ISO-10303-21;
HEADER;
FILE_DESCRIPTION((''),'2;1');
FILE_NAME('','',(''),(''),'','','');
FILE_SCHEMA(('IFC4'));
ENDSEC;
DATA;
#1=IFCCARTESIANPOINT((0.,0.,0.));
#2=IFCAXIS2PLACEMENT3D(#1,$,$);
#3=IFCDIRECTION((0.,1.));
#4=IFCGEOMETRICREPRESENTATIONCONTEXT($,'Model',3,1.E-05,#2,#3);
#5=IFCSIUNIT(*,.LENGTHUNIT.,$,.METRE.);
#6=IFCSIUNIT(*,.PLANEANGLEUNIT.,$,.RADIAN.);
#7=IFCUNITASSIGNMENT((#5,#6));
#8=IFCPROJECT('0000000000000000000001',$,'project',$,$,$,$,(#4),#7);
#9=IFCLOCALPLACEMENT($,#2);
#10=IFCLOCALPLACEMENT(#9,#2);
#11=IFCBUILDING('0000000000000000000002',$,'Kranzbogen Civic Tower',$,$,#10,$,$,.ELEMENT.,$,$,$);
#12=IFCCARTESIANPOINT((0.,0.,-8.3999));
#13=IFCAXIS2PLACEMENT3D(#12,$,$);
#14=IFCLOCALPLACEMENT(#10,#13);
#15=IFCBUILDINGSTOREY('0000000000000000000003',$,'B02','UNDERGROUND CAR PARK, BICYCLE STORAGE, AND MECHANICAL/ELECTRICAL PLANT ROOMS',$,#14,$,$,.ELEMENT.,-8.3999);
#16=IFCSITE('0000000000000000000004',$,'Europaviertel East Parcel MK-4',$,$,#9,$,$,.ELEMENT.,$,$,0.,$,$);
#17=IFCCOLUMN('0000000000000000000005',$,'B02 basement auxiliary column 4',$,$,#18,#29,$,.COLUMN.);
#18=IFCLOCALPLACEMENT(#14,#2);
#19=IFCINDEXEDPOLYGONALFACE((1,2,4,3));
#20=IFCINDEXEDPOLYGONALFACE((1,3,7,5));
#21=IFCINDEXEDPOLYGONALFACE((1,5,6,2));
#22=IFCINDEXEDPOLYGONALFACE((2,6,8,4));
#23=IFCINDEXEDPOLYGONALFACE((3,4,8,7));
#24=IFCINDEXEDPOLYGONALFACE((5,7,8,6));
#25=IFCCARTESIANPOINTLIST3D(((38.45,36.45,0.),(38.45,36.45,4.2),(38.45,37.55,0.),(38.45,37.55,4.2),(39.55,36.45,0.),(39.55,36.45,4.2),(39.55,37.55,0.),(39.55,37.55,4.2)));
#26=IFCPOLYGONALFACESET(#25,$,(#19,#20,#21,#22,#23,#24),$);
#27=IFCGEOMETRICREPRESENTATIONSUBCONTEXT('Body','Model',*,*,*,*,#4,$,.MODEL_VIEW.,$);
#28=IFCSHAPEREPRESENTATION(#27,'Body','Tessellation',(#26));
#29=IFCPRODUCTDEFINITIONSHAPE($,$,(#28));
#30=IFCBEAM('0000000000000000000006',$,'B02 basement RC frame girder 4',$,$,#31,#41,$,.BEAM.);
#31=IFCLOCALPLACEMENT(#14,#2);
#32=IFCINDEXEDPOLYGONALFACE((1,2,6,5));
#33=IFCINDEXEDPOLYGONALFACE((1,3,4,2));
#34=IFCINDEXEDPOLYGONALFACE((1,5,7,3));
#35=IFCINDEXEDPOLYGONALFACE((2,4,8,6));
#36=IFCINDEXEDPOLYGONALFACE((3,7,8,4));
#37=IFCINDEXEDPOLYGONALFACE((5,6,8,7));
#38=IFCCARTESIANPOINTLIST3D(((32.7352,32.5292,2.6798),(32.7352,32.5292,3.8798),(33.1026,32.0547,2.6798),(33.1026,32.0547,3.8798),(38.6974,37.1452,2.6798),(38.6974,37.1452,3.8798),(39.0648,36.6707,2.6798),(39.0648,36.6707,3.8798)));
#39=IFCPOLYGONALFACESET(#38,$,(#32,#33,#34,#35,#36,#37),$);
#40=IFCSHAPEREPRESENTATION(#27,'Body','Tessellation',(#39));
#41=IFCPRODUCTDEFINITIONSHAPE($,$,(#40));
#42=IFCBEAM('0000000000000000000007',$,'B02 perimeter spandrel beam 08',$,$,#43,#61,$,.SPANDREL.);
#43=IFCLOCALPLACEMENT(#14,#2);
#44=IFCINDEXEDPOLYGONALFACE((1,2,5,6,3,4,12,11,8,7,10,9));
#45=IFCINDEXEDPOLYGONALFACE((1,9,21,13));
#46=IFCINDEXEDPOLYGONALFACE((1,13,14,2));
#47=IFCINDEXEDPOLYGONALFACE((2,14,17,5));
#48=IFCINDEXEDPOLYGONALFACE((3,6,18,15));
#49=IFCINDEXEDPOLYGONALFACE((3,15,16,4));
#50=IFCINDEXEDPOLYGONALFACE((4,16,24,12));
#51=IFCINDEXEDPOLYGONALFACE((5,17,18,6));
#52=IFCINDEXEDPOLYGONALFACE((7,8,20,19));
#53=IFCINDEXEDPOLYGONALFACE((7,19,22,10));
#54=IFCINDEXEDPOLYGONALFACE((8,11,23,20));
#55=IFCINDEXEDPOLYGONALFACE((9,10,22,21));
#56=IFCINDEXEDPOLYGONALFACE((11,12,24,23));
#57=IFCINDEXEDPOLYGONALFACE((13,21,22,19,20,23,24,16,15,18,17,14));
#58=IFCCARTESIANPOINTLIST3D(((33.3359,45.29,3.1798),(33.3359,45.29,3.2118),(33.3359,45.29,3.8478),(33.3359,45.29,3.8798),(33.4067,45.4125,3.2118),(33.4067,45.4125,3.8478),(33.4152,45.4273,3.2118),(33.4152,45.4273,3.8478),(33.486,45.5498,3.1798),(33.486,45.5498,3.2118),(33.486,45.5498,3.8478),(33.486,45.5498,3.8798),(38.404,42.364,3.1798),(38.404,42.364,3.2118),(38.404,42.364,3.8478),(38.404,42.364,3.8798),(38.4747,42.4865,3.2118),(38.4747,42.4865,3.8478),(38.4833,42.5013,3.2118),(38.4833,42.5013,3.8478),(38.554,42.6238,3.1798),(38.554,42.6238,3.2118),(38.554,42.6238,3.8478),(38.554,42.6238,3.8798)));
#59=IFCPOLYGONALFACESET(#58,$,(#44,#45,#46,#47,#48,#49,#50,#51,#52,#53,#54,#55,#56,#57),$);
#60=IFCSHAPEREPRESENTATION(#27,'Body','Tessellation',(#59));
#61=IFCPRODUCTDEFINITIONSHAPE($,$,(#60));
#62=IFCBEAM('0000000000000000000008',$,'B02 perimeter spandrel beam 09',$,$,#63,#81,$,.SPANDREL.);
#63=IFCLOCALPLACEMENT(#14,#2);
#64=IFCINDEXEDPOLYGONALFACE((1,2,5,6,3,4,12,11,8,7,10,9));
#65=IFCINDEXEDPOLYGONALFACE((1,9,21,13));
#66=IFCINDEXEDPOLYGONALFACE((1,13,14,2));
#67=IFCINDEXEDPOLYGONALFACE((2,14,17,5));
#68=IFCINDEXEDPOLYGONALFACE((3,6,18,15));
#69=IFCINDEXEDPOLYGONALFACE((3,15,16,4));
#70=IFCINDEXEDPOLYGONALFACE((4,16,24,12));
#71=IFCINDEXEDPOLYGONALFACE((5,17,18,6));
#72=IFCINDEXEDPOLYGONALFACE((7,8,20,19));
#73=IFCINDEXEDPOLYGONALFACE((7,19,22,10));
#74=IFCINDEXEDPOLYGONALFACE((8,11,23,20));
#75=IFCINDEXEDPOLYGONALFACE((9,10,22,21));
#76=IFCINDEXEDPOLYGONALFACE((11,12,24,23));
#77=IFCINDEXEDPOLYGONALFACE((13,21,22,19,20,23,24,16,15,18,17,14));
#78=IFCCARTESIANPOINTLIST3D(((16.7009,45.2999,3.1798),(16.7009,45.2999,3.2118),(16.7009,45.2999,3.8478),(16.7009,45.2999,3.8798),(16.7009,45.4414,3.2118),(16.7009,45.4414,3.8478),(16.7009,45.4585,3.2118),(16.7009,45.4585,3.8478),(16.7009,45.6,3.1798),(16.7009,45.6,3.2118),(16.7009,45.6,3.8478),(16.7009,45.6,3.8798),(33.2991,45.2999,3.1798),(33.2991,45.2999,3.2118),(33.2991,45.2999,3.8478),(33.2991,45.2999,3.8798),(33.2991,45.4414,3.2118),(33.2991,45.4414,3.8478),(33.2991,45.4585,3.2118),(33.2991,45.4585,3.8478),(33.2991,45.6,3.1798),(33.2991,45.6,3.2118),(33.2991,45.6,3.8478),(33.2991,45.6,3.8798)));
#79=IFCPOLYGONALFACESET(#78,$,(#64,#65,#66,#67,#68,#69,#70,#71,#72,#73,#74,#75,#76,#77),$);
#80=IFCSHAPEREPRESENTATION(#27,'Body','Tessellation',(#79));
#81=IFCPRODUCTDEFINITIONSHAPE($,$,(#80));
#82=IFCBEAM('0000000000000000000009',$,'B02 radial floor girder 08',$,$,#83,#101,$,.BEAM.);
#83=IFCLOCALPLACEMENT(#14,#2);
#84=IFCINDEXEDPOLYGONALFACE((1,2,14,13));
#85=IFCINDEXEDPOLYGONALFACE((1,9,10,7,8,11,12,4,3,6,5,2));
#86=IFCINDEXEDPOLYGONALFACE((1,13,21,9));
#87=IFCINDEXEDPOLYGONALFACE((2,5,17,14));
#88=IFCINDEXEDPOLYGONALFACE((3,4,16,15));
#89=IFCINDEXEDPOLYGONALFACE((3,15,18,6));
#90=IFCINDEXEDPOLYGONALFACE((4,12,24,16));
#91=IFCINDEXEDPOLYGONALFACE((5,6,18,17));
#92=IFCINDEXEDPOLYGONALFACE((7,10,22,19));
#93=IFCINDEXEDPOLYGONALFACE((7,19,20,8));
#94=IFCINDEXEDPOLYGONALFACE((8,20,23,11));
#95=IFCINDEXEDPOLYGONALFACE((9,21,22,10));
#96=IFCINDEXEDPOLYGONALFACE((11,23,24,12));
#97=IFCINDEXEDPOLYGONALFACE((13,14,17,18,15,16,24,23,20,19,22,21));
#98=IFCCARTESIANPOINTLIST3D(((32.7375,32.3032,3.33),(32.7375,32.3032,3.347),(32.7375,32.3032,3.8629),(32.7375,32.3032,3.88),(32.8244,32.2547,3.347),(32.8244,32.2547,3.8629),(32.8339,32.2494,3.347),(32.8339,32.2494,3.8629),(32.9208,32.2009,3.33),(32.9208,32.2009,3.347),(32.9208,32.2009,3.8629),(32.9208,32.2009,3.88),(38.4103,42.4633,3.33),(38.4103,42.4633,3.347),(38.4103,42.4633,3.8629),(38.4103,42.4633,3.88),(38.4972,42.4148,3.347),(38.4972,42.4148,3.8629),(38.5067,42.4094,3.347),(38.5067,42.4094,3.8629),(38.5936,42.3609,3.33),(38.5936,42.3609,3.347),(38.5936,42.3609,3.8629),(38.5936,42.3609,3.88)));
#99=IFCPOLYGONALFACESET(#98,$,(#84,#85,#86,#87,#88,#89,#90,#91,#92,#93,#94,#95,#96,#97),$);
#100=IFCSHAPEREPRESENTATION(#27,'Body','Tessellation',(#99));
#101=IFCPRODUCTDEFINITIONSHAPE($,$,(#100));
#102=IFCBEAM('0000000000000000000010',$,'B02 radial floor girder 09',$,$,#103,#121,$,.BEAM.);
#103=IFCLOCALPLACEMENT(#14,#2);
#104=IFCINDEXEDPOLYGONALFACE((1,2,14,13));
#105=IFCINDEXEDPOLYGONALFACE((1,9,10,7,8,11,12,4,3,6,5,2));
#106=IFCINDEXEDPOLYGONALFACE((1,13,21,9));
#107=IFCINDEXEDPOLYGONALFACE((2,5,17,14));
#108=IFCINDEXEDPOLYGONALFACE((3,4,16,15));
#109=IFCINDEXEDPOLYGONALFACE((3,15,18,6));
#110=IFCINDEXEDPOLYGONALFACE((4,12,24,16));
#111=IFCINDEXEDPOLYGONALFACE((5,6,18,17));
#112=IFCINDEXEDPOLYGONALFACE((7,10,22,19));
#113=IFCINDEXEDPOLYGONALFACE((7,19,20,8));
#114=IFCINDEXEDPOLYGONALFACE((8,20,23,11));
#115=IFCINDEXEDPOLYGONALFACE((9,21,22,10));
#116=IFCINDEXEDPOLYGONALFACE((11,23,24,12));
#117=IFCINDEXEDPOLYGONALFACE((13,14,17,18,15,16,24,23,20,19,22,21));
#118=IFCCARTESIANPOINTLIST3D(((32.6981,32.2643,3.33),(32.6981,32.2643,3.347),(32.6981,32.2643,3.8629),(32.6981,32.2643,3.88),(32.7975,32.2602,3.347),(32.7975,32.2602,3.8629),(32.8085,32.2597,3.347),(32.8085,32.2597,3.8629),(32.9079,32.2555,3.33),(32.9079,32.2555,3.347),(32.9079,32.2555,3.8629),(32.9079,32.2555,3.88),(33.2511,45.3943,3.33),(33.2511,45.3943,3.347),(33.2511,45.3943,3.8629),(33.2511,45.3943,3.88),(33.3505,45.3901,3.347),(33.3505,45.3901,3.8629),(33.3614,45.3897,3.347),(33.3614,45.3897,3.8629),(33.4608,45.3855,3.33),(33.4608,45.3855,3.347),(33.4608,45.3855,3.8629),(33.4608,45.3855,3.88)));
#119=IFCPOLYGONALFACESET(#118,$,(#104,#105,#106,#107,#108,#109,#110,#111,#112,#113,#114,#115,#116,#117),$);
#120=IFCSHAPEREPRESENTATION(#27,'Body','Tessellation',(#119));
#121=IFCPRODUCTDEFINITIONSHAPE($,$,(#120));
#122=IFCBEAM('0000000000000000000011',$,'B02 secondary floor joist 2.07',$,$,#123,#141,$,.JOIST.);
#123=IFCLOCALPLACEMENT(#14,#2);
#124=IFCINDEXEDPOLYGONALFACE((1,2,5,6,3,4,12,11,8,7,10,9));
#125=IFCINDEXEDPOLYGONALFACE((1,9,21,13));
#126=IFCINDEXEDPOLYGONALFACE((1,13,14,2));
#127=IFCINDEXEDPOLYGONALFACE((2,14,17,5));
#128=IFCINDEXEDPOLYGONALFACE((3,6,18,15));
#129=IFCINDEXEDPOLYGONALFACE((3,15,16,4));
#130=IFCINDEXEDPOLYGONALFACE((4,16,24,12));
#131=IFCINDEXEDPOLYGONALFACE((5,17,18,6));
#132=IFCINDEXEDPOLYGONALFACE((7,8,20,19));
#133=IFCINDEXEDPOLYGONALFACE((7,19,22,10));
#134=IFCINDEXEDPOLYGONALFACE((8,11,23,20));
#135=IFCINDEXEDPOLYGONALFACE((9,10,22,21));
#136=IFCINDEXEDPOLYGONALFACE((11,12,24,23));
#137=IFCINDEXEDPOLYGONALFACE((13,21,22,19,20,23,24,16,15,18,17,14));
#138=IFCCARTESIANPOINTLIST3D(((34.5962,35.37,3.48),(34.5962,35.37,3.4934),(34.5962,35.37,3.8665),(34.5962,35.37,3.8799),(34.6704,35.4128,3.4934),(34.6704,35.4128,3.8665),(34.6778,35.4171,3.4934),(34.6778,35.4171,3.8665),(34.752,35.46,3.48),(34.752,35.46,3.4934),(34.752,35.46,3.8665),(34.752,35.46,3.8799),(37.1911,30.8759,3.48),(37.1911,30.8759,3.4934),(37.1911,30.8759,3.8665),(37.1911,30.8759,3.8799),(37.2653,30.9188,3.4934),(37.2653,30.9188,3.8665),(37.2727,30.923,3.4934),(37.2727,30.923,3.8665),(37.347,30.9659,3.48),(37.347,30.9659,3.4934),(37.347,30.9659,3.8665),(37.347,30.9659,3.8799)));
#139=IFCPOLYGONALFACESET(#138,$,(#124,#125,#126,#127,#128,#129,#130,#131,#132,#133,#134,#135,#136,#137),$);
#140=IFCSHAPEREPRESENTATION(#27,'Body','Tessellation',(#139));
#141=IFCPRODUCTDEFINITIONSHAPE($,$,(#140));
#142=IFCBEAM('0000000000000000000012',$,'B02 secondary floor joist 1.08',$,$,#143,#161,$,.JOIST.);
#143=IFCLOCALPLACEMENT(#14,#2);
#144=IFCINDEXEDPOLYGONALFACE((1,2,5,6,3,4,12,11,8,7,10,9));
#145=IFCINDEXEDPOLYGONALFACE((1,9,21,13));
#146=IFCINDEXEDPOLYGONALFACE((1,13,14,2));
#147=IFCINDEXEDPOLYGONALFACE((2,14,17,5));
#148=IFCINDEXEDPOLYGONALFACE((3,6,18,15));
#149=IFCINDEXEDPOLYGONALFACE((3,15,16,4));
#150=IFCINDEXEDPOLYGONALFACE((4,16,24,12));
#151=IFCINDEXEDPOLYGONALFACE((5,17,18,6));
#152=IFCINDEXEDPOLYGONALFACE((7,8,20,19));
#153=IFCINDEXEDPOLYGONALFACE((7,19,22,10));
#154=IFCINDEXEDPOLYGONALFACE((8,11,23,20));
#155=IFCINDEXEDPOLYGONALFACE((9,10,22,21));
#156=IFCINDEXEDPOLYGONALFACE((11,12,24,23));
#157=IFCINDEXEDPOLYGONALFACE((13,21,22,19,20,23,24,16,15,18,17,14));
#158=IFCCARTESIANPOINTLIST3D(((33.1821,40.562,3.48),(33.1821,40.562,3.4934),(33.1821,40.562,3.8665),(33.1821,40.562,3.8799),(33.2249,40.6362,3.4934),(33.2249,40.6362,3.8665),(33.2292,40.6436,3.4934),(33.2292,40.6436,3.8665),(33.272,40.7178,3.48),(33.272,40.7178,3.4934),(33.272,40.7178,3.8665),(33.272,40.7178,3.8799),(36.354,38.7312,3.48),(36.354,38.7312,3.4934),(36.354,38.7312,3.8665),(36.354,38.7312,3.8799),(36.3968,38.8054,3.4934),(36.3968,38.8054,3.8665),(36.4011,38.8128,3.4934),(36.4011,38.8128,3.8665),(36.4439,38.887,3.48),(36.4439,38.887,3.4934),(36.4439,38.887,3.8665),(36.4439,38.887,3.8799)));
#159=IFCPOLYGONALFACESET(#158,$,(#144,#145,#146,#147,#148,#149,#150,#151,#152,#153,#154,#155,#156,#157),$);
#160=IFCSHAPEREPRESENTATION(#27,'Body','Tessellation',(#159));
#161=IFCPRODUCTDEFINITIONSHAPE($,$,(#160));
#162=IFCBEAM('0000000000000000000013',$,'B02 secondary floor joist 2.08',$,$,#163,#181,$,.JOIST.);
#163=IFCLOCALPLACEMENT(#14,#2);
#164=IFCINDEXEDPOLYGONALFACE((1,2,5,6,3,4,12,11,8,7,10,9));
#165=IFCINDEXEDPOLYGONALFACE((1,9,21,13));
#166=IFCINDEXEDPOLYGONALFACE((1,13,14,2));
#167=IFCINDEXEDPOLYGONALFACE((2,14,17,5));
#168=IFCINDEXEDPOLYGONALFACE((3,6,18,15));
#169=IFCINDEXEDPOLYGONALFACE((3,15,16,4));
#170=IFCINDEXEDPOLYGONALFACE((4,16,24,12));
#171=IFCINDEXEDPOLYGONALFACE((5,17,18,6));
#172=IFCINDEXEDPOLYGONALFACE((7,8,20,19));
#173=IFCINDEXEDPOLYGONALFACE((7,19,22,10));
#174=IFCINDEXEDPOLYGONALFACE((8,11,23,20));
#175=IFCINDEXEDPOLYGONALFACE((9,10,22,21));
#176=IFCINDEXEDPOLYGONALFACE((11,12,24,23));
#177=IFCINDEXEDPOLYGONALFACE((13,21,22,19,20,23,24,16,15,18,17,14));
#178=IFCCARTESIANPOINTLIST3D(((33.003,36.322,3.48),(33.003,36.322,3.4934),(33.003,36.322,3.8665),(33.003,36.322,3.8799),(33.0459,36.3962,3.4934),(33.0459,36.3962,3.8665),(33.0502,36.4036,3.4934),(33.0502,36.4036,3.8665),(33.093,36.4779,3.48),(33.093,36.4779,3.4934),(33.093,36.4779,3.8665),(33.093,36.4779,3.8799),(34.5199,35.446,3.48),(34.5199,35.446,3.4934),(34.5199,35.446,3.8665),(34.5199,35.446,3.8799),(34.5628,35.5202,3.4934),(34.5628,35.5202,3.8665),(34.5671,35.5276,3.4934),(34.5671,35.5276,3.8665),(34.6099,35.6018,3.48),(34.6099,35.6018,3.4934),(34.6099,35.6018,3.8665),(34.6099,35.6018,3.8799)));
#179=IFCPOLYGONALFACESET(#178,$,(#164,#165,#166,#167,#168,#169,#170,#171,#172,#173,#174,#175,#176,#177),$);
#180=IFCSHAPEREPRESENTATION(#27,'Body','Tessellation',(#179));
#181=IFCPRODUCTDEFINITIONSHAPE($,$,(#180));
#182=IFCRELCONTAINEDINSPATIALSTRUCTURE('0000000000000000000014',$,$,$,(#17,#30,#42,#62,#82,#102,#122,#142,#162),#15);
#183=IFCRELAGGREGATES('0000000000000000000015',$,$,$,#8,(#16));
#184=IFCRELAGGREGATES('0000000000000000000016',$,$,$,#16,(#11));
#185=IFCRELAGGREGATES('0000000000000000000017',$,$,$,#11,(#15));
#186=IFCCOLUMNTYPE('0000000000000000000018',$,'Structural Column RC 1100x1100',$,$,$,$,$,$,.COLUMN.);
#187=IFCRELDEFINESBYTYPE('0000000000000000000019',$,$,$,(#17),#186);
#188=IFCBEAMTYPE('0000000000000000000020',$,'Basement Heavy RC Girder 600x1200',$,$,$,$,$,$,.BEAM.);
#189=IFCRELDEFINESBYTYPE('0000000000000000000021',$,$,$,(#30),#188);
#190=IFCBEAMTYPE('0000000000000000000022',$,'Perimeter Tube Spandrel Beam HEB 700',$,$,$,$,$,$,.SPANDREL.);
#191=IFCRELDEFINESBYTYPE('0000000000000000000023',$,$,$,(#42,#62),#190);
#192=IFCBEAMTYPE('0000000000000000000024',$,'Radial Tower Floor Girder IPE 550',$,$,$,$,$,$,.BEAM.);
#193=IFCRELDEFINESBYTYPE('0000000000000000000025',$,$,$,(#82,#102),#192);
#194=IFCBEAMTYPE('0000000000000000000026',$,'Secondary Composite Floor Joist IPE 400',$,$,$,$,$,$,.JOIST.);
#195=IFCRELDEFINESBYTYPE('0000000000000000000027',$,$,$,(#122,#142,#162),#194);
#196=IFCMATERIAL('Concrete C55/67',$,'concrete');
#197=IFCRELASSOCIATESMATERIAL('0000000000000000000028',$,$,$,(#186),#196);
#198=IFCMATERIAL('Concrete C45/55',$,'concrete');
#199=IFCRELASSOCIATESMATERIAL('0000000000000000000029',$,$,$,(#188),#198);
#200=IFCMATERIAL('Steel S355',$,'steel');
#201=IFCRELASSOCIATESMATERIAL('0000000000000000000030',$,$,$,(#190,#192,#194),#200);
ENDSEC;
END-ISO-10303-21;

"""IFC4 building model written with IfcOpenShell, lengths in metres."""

from ifc_helpers import new_model, si_unit, direction, frame, origin, origin_2d, place, context, subcontext, project, spatial, rectangle, i_section, extrude, material, material_profile, profile_set, type_object, element, save


model = new_model("IFC4")

# Units and contexts
model_context = context("Model", 3, precision=1e-05, world=origin(), true_north=direction((0.0, 1.0)))
body_context = subcontext(model_context, "Body", "Model", "MODEL_VIEW")
ifc_project = project(units=[si_unit("LENGTHUNIT", "METRE"), si_unit("PLANEANGLEUNIT", "RADIAN")], contexts=[model_context])

# Site, building, storey
site_placement = place(None, origin())
site = spatial("IfcSite", under=ifc_project, at=site_placement, Name="Europaviertel East Parcel MK-4", CompositionType="ELEMENT", RefElevation=0.0)
building_placement = place(site_placement, origin())
building = spatial("IfcBuilding", under=site, at=building_placement, Name="Kranzbogen Civic Tower", CompositionType="ELEMENT")
storey_placement = place(building_placement, frame((0.0, 0.0, -8.3999)))
storey = spatial("IfcBuildingStorey", under=building, at=storey_placement, Name="B02", Description="UNDERGROUND CAR PARK, BICYCLE STORAGE, AND MECHANICAL/ELECTRICAL PLANT ROOMS", CompositionType="ELEMENT", Elevation=-8.3999)

# Shared definitions
ifc_material_1 = material(Name="Concrete C45/55", Category="concrete")

# Column
ifc_material_2 = material(Name="Concrete C55/67", Category="concrete")
ifc_material_profile_1 = material_profile(ifc_material_2, rectangle(XDim=1.1001, YDim=1.1001, at=origin_2d()), Name="RC 1100x1100")
ifc_profile_set_1 = profile_set([ifc_material_profile_1], Name="Concrete C55/67")
column_type_1 = type_object("IfcColumnType", Name="Structural Column RC 1100x1100", PredefinedType="COLUMN", material=ifc_profile_set_1)
column_1_placement = place(storey_placement, frame((39.0, 37.0, 0.0), z_axis=(0.0, 0.0, 1.0), x_axis=(1.0, 0.0, 0.0)))
element("IfcColumn", 1, at=column_1_placement, inside=storey, type_object=column_type_1, Name="B02 basement auxiliary column 4", PredefinedType="COLUMN", context=body_context, shape_type="SweptSolid", body=[
    extrude(rectangle(XDim=1.1001, YDim=1.1001, at=origin_2d()), origin(), (0.0, 0.0, 1.0), 4.2),
])

# Beams
ifc_material_profile_2 = material_profile(ifc_material_1, rectangle(XDim=0.6001, YDim=1.2, at=origin_2d()), Name="RC-BM 600x1200")
ifc_profile_set_2 = profile_set([ifc_material_profile_2], Name="Concrete C45/55")
beam_type_1 = type_object("IfcBeamType", Name="Basement Heavy RC Girder 600x1200", PredefinedType="BEAM", material=ifc_profile_set_2)
beam_1_placement = place(storey_placement, frame((38.8811, 36.908, 3.2798), z_axis=(-0.790717, -0.612182, 0.0), x_axis=(0.612182, -0.790717, 0.0)))
element("IfcBeam", 2, at=beam_1_placement, inside=storey, type_object=beam_type_1, Name="B02 basement RC frame girder 4", PredefinedType="BEAM", context=body_context, shape_type="SweptSolid", body=[
    extrude(rectangle(XDim=0.6001, YDim=1.2, at=origin_2d()), origin(), (0.0, 0.0, 1.0), 7.5403),
])
ifc_material_3 = material(Name="Steel S355", Category="steel")
ifc_material_profile_3 = material_profile(ifc_material_3, i_section(OverallWidth=0.3, OverallDepth=0.7, WebThickness=0.0171, FlangeThickness=0.032, at=origin_2d()), Name="HEB 700")
ifc_profile_set_3 = profile_set([ifc_material_profile_3], Name="Steel S355")
beam_type_2 = type_object("IfcBeamType", Name="Perimeter Tube Spandrel Beam HEB 700", PredefinedType="SPANDREL", material=ifc_profile_set_3)
beam_2_placement = place(storey_placement, frame((38.479, 42.4939, 3.5298), z_axis=(-0.866029, 0.499993, 0.0), x_axis=(-0.499993, -0.866029, 0.0)))
element("IfcBeam", 3, at=beam_2_placement, inside=storey, type_object=beam_type_2, Name="B02 perimeter spandrel beam 08", PredefinedType="SPANDREL", context=body_context, shape_type="SweptSolid", body=[
    extrude(i_section(OverallWidth=0.3, OverallDepth=0.7, WebThickness=0.0171, FlangeThickness=0.032, at=origin_2d()), origin(), (0.0, 0.0, 1.0), 5.8521),
])
beam_3_placement = place(storey_placement, frame((33.2991, 45.45, 3.5298), z_axis=(-1.0, 0.0, 0.0), x_axis=(0.0, -1.0, 0.0)))
element("IfcBeam", 4, at=beam_3_placement, inside=storey, type_object=beam_type_2, Name="B02 perimeter spandrel beam 09", PredefinedType="SPANDREL", context=body_context, shape_type="SweptSolid", body=[
    extrude(i_section(OverallWidth=0.3, OverallDepth=0.7, WebThickness=0.0171, FlangeThickness=0.032, at=origin_2d()), origin(), (0.0, 0.0, 1.0), 16.5981),
])
ifc_material_profile_4 = material_profile(ifc_material_3, i_section(OverallWidth=0.21, OverallDepth=0.55, WebThickness=0.011, FlangeThickness=0.0171, at=origin_2d()), Name="IPE 550")
ifc_profile_set_4 = profile_set([ifc_material_profile_4], Name="Steel S355")
beam_type_3 = type_object("IfcBeamType", Name="Radial Tower Floor Girder IPE 550", PredefinedType="BEAM", material=ifc_profile_set_4)
beam_4_placement = place(storey_placement, frame((38.502, 42.4121, 3.605), z_axis=(-0.487502, -0.873122, 0.0), x_axis=(0.873122, -0.487502, 0.0)))
element("IfcBeam", 5, at=beam_4_placement, inside=storey, type_object=beam_type_3, Name="B02 radial floor girder 08", PredefinedType="BEAM", context=body_context, shape_type="SweptSolid", body=[
    extrude(i_section(OverallWidth=0.21, OverallDepth=0.55, WebThickness=0.011, FlangeThickness=0.0171, at=origin_2d()), origin(), (0.0, 0.0, 1.0), 11.6365),
])
beam_5_placement = place(storey_placement, frame((33.356, 45.3899, 3.605), z_axis=(-0.042079, -0.999114, 0.0), x_axis=(0.999114, -0.042079, 0.0)))
element("IfcBeam", 6, at=beam_5_placement, inside=storey, type_object=beam_type_3, Name="B02 radial floor girder 09", PredefinedType="BEAM", context=body_context, shape_type="SweptSolid", body=[
    extrude(i_section(OverallWidth=0.21, OverallDepth=0.55, WebThickness=0.011, FlangeThickness=0.0171, at=origin_2d()), origin(), (0.0, 0.0, 1.0), 13.1416),
])
ifc_material_profile_5 = material_profile(ifc_material_3, i_section(OverallWidth=0.1799, OverallDepth=0.3999, WebThickness=0.0085, FlangeThickness=0.0134, at=origin_2d()), Name="IPE 400")
ifc_profile_set_5 = profile_set([ifc_material_profile_5], Name="Steel S355")
beam_type_4 = type_object("IfcBeamType", Name="Secondary Composite Floor Joist IPE 400", PredefinedType="JOIST", material=ifc_profile_set_5)
beam_6_placement = place(storey_placement, frame((37.269, 30.9209, 3.6799), z_axis=(-0.50004, 0.866002, 0.0), x_axis=(-0.866002, -0.50004, 0.0)))
element("IfcBeam", 7, at=beam_6_placement, inside=storey, type_object=beam_type_4, Name="B02 secondary floor joist 2.07", PredefinedType="JOIST", context=body_context, shape_type="SweptSolid", body=[
    extrude(i_section(OverallWidth=0.1799, OverallDepth=0.3999, WebThickness=0.0085, FlangeThickness=0.0134, at=origin_2d()), origin(), (0.0, 0.0, 1.0), 5.1895),
])
beam_7_placement = place(storey_placement, frame((36.3989, 38.8091, 3.6799), z_axis=(-0.866081, 0.499903, 0.0), x_axis=(-0.499903, -0.866081, 0.0)))
element("IfcBeam", 8, at=beam_7_placement, inside=storey, type_object=beam_type_4, Name="B02 secondary floor joist 1.08", PredefinedType="JOIST", context=body_context, shape_type="SweptSolid", body=[
    extrude(i_section(OverallWidth=0.1799, OverallDepth=0.3999, WebThickness=0.0085, FlangeThickness=0.0134, at=origin_2d()), origin(), (0.0, 0.0, 1.0), 3.6624),
])
beam_8_placement = place(storey_placement, frame((34.5649, 35.5239, 3.6799), z_axis=(-0.86597, 0.500096, 0.0), x_axis=(-0.500096, -0.86597, 0.0)))
element("IfcBeam", 9, at=beam_8_placement, inside=storey, type_object=beam_type_4, Name="B02 secondary floor joist 2.08", PredefinedType="JOIST", context=body_context, shape_type="SweptSolid", body=[
    extrude(i_section(OverallWidth=0.1799, OverallDepth=0.3999, WebThickness=0.0085, FlangeThickness=0.0134, at=origin_2d()), origin(), (0.0, 0.0, 1.0), 1.7517),
])

save(model, "model.ifc")
